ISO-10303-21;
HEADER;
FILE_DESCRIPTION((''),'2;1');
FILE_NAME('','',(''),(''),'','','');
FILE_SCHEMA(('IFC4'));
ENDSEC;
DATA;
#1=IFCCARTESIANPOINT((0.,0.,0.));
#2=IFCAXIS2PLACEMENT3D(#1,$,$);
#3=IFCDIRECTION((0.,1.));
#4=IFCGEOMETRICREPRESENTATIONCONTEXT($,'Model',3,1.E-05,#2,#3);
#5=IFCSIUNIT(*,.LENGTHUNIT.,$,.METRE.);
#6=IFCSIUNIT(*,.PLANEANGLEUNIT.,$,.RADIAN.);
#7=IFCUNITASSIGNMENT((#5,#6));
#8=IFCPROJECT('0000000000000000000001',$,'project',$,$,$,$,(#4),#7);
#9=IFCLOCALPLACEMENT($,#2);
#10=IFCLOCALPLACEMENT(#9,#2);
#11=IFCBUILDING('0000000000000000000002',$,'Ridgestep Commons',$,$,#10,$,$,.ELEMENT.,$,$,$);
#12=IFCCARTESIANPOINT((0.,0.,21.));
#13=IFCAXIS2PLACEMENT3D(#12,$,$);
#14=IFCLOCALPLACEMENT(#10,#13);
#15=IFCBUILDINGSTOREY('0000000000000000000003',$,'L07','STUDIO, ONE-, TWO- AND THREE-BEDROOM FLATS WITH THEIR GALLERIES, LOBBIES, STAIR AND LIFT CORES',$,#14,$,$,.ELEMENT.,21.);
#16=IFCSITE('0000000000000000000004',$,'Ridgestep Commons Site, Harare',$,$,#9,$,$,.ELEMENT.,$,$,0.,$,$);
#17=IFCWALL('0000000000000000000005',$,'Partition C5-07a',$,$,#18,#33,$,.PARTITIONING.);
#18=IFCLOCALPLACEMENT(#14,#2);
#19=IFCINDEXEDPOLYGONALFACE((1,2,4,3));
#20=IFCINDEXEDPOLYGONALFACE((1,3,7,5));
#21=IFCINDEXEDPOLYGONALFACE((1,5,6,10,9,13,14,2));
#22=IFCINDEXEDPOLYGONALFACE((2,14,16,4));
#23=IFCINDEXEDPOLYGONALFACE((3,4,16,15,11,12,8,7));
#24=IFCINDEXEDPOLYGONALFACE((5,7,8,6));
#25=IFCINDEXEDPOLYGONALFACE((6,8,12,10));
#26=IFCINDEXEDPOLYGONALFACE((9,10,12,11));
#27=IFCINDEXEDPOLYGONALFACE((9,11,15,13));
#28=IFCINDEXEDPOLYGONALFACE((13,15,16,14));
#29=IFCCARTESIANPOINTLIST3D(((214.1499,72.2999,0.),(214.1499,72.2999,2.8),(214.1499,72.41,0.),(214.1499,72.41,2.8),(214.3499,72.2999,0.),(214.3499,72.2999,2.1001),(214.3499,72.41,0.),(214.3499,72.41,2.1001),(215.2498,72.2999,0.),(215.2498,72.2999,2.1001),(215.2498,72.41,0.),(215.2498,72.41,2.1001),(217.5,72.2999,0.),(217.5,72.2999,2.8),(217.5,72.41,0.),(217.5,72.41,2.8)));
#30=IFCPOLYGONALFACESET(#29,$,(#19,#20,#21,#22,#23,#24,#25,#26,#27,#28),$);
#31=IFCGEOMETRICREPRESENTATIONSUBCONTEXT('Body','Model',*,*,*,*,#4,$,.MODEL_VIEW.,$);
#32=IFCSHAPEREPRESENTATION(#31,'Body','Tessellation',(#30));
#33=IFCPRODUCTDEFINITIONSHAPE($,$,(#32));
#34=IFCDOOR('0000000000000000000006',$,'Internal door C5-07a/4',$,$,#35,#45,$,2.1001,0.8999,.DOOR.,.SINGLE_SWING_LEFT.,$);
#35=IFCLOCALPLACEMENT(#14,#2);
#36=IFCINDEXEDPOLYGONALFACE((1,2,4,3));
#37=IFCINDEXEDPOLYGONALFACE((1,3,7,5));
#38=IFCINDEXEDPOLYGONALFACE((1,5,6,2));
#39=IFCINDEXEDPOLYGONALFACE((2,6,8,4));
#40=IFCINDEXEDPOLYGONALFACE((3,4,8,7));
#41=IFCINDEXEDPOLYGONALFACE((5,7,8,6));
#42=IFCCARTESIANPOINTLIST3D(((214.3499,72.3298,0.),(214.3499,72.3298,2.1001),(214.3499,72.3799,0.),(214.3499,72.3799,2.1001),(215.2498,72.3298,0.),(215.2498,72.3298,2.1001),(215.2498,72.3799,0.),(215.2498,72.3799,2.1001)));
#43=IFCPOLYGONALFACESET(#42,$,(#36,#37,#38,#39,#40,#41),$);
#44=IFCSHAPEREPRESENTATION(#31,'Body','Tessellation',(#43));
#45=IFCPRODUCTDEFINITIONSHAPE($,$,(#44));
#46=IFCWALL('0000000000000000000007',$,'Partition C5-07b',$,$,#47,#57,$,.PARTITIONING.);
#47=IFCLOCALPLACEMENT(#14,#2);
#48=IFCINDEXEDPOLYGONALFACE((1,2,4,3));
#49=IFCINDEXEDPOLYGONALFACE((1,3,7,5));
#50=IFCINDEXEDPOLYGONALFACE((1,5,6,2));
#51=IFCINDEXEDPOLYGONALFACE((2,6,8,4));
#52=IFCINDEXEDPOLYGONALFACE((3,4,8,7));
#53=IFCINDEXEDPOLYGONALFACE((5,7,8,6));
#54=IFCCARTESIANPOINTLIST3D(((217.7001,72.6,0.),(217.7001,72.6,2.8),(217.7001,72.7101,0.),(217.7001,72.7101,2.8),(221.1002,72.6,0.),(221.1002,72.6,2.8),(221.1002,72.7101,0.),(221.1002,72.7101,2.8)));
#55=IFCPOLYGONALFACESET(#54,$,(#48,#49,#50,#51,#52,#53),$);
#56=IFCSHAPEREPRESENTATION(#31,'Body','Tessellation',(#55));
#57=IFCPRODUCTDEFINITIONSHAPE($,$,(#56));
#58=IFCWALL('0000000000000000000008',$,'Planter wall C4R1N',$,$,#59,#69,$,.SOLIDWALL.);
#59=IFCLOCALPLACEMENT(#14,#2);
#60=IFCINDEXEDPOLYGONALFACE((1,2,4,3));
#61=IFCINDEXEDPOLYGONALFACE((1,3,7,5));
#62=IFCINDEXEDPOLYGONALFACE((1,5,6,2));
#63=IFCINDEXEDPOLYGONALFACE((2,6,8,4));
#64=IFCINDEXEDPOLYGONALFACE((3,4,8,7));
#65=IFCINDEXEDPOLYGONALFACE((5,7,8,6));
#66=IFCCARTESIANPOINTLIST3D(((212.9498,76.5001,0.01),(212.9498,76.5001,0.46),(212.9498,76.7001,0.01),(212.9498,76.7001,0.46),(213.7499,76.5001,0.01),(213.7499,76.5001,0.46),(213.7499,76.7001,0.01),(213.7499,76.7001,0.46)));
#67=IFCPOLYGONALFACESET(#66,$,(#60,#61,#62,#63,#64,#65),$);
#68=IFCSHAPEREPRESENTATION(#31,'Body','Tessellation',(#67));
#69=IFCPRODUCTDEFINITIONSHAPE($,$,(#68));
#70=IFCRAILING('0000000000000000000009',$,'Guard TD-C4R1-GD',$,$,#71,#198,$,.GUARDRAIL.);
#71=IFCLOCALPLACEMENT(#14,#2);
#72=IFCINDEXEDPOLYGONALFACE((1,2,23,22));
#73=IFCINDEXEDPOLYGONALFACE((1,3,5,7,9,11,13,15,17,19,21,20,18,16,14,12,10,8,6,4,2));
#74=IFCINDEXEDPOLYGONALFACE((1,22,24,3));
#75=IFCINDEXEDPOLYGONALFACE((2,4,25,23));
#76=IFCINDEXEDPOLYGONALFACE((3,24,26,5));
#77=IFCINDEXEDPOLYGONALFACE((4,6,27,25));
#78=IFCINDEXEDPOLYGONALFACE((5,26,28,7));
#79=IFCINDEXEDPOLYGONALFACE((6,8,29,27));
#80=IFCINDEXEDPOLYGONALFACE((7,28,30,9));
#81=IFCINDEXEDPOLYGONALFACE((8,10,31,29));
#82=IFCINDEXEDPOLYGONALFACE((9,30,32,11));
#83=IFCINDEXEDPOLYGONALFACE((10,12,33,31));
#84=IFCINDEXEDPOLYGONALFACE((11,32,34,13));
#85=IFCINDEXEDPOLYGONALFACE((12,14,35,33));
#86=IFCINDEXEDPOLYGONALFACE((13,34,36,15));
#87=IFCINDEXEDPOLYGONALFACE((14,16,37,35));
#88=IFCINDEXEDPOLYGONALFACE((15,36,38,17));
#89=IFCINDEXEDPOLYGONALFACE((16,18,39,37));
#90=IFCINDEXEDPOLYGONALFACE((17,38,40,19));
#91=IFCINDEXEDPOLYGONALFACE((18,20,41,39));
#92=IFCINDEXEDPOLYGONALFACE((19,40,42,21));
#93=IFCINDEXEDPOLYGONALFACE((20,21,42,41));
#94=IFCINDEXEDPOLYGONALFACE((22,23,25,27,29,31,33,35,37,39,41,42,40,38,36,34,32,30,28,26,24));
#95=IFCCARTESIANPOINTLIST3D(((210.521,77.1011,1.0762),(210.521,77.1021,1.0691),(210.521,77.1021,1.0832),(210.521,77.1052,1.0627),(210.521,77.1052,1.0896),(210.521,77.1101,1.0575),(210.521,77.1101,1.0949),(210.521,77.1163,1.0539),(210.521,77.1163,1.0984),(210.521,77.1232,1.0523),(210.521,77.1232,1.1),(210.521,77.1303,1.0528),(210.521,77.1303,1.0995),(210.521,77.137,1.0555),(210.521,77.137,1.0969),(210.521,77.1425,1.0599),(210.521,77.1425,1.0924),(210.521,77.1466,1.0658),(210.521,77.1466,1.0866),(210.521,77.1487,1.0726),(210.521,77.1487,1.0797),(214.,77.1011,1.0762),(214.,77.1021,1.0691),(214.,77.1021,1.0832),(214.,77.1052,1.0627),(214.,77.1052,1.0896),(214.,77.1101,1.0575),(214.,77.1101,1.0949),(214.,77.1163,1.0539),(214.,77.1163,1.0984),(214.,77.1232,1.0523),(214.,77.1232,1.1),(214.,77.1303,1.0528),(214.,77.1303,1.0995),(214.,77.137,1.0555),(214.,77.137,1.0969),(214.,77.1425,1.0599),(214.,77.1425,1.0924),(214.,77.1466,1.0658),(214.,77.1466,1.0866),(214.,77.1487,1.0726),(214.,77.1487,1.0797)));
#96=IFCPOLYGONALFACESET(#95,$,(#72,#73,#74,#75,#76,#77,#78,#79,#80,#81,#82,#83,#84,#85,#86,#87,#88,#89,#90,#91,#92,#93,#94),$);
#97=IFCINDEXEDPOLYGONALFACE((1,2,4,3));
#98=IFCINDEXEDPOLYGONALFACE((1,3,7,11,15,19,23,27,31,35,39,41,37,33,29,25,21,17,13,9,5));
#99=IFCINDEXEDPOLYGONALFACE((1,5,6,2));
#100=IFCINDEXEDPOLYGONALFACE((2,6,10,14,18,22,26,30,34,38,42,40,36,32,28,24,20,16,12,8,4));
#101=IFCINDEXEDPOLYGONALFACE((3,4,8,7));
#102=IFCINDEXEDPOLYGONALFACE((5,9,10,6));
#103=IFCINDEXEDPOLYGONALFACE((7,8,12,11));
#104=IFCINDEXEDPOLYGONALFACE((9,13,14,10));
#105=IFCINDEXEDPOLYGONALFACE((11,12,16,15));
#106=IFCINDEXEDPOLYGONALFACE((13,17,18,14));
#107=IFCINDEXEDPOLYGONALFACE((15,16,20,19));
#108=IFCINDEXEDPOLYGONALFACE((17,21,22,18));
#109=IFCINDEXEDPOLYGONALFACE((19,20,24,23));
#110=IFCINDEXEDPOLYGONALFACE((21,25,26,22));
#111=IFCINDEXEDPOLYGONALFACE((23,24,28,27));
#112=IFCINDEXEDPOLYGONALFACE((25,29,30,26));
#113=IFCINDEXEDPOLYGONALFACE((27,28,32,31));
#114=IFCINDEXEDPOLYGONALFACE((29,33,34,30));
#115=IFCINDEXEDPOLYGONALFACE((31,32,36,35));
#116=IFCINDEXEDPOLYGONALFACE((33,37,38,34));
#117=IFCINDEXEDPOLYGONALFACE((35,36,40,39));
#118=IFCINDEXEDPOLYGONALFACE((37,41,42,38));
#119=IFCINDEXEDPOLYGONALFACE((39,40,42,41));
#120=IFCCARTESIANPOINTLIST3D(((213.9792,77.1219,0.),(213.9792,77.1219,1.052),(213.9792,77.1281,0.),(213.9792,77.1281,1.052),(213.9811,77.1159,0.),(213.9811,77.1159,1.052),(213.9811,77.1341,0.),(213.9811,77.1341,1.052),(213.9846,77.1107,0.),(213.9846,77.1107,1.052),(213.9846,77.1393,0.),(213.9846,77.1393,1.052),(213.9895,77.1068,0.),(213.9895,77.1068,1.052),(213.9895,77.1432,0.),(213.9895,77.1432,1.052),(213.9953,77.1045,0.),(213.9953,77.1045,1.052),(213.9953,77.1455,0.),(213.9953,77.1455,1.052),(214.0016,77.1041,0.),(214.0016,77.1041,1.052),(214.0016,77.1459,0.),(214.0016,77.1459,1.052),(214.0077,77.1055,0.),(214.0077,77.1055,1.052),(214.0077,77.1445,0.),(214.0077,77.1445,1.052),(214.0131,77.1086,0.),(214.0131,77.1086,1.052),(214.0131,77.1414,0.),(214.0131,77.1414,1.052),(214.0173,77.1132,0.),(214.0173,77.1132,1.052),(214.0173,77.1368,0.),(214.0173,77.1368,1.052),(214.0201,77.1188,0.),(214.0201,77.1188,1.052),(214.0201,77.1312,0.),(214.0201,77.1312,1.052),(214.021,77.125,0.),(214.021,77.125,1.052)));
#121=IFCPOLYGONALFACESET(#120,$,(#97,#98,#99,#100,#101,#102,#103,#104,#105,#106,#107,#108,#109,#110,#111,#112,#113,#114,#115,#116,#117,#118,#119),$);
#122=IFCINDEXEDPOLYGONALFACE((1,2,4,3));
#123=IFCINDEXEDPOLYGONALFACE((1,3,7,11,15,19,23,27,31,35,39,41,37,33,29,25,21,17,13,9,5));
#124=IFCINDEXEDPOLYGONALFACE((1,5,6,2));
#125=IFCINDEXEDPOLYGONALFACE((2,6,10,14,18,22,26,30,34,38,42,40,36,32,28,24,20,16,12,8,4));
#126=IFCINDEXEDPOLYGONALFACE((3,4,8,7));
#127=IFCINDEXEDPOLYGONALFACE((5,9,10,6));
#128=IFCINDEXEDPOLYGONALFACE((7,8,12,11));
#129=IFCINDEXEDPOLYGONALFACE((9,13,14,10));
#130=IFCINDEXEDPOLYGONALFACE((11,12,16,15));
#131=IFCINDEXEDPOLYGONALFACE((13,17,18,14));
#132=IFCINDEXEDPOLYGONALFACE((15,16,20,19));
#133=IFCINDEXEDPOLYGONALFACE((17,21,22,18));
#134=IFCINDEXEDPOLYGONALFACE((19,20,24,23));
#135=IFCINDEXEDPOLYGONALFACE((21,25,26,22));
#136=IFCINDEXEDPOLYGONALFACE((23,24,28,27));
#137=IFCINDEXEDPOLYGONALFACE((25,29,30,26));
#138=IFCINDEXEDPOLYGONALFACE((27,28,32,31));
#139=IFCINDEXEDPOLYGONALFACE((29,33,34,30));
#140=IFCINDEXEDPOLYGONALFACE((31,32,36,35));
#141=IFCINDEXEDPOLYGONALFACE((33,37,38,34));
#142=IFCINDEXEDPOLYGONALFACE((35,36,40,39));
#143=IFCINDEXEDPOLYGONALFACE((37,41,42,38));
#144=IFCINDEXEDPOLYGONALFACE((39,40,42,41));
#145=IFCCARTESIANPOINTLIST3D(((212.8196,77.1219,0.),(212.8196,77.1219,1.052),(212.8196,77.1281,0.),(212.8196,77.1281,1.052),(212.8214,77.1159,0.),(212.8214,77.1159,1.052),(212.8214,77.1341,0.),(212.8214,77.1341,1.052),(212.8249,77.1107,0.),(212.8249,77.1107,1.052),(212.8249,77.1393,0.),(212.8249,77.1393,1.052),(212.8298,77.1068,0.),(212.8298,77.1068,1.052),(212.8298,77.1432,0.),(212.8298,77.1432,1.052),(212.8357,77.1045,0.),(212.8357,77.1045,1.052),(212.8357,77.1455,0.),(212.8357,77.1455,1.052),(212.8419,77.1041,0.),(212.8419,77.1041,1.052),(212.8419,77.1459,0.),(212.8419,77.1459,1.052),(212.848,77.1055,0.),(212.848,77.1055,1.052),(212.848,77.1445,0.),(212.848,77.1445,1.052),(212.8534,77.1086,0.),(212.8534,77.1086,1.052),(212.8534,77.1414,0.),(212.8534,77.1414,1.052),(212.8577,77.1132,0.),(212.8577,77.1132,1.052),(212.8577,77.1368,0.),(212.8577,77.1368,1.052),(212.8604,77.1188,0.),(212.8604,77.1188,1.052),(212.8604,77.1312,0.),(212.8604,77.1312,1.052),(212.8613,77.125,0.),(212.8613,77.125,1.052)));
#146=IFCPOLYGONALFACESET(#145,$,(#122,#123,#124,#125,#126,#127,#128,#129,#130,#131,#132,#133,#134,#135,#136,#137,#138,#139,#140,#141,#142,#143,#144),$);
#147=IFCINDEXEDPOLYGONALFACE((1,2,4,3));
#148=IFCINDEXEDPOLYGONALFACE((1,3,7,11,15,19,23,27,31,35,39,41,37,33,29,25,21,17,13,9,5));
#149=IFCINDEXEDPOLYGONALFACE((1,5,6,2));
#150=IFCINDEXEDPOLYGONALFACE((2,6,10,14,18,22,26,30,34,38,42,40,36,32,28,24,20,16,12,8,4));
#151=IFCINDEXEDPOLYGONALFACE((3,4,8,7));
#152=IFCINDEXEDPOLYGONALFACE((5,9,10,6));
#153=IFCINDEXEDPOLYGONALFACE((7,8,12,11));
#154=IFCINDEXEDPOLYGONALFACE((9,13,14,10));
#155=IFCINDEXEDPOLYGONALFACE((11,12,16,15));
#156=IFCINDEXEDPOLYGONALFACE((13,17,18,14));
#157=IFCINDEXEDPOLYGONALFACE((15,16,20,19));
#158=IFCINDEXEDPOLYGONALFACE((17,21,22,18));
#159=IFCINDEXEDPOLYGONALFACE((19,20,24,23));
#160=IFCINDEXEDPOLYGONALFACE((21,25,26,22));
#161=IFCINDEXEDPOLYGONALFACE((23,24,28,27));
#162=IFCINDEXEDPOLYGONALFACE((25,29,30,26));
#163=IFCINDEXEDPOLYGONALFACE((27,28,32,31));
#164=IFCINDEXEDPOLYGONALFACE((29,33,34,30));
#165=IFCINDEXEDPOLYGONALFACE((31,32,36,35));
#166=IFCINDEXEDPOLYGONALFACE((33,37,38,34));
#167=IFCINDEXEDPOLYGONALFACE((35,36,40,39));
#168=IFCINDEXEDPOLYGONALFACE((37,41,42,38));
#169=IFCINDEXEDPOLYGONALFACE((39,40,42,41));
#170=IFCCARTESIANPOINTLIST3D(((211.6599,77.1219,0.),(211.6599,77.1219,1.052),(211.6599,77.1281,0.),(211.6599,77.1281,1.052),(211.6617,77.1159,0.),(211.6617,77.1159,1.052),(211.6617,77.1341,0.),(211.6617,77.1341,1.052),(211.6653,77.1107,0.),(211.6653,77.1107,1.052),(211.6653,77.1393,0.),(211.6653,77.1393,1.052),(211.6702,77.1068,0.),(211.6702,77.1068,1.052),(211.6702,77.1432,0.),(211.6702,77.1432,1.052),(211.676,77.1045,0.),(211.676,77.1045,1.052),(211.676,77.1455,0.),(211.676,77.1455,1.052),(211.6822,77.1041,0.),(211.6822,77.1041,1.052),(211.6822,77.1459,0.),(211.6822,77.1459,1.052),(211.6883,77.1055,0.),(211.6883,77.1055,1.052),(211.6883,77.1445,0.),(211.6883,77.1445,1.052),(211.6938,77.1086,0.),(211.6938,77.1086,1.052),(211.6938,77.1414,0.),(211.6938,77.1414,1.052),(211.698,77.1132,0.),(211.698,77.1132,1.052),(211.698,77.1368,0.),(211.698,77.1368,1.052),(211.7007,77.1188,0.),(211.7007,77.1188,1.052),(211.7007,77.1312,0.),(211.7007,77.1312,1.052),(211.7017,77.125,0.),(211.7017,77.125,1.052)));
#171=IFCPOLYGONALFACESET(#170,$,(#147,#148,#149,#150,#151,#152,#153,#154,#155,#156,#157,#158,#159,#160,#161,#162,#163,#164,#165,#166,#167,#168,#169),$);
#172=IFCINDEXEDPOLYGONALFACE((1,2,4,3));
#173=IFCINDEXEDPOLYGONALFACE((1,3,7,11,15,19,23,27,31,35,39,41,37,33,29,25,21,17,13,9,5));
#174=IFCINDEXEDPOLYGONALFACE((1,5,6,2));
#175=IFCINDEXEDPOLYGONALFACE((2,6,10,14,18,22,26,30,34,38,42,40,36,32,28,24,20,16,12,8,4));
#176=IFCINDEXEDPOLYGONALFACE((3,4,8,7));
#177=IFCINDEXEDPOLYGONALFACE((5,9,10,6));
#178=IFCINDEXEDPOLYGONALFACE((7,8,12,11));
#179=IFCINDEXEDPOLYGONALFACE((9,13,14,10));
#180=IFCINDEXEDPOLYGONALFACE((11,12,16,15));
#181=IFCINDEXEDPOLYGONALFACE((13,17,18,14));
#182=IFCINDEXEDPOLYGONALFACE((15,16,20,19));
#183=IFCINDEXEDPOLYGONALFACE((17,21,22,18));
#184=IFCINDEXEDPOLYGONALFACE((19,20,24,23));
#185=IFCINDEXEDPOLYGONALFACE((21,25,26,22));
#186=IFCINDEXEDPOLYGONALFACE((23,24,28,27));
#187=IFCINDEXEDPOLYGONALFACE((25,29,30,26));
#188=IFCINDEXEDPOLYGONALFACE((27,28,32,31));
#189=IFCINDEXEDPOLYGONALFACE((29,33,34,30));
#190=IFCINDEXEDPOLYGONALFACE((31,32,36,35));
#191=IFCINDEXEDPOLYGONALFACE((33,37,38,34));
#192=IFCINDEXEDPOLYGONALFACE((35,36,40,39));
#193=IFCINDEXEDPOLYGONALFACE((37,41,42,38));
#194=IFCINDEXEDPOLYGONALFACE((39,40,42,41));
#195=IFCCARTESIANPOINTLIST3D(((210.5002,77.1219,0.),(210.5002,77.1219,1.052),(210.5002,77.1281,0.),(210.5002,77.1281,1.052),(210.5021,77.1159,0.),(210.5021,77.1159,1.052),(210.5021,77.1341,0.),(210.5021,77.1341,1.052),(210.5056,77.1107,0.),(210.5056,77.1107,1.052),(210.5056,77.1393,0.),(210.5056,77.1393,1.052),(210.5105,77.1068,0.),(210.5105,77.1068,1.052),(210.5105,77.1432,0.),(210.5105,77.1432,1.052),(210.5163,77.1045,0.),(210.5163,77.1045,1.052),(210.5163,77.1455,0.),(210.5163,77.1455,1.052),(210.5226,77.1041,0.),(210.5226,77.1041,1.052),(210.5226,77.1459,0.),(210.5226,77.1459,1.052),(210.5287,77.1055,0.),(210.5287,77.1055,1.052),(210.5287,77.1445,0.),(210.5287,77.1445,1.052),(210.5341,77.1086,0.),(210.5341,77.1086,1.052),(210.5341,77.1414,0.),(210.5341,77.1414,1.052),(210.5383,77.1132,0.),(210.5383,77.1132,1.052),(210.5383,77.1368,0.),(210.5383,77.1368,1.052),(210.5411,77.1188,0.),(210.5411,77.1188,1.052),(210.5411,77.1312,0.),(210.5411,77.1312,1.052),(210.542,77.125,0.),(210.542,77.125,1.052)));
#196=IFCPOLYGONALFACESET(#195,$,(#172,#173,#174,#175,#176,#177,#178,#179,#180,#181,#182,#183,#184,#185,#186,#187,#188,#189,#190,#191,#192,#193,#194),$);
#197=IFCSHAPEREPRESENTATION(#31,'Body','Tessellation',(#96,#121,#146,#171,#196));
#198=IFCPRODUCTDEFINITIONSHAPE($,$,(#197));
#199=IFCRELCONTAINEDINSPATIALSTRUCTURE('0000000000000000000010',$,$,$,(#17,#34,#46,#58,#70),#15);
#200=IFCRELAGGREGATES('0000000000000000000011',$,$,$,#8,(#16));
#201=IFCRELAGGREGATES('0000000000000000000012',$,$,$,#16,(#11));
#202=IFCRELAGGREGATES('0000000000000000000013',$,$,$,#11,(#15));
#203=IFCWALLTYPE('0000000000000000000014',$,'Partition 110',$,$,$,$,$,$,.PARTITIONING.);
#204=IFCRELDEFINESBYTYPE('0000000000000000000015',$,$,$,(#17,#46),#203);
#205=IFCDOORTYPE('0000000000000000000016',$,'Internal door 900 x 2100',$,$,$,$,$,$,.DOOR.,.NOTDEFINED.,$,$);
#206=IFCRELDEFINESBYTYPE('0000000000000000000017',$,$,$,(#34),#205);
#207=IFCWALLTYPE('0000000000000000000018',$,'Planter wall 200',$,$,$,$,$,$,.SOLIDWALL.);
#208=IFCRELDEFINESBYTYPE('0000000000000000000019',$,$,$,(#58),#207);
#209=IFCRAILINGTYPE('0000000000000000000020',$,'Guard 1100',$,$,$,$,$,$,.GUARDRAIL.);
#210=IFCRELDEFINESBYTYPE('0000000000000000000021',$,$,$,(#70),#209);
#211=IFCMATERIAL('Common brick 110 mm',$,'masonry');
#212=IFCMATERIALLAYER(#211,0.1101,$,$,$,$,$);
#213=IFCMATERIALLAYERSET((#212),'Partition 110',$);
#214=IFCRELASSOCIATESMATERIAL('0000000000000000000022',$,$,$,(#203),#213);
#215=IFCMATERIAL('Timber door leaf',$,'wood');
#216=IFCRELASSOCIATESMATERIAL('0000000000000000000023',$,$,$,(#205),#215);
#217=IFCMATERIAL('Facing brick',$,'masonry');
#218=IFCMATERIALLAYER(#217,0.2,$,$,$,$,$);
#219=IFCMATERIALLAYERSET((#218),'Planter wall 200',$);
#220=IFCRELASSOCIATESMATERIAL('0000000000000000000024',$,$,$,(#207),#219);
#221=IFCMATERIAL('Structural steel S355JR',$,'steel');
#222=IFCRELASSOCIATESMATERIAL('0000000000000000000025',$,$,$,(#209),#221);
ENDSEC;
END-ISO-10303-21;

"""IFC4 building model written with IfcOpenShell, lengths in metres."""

from ifc_helpers import new_model, si_unit, direction, frame, frame_2d, origin, origin_2d, place, context, subcontext, project, spatial, rectangle, circle, extrude, material, layer, layer_set, type_object, element, fill, save


model = new_model("IFC4")

# Units and contexts
model_context = context("Model", 3, precision=1e-05, world=origin(), true_north=direction((0.0, 1.0)))
body_context = subcontext(model_context, "Body", "Model", "MODEL_VIEW")
ifc_project = project(units=[si_unit("LENGTHUNIT", "METRE"), si_unit("PLANEANGLEUNIT", "RADIAN")], contexts=[model_context])

# Site, building, storey
site_placement = place(None, origin())
site = spatial("IfcSite", under=ifc_project, at=site_placement, Name="Ridgestep Commons Site, Harare", CompositionType="ELEMENT", RefElevation=0.0)
building_placement = place(site_placement, origin())
building = spatial("IfcBuilding", under=site, at=building_placement, Name="Ridgestep Commons", CompositionType="ELEMENT")
storey_placement = place(building_placement, frame((0.0, 0.0, 21.0)))
storey = spatial("IfcBuildingStorey", under=building, at=storey_placement, Name="L07", Description="STUDIO, ONE-, TWO- AND THREE-BEDROOM FLATS WITH THEIR GALLERIES, LOBBIES, STAIR AND LIFT CORES", CompositionType="ELEMENT", Elevation=21.0)

# Wall, opening, door
ifc_material_1 = material(Name="Common brick 110 mm", Category="masonry")
ifc_layer_1 = layer(ifc_material_1, 0.1101)
ifc_layer_set_1 = layer_set([ifc_layer_1], Name="Partition 110")
wall_type_1 = type_object("IfcWallType", Name="Partition 110", PredefinedType="PARTITIONING", material=ifc_layer_set_1)
ifc_material_2 = material(Name="Timber door leaf", Category="wood")
door_type = type_object("IfcDoorType", Name="Internal door 900 x 2100", OperationType="NOTDEFINED", PredefinedType="DOOR", material=ifc_material_2)
wall_1_placement = place(storey_placement, frame((214.1499, 72.355, 0.0), z_axis=(0.0, 0.0, 1.0), x_axis=(1.0, 0.0, 0.0)))
wall_1 = element("IfcWall", 1, at=wall_1_placement, inside=storey, type_object=wall_type_1, Name="Partition C5-07a", PredefinedType="PARTITIONING", context=body_context, shape_type="SweptSolid", body=[
    extrude(rectangle(XDim=3.3501, YDim=0.1101, at=frame_2d((1.675, 0.0))), origin(), (0.0, 0.0, 1.0), 2.8),
])
opening_1_placement = place(wall_1_placement, frame((0.2, 0.0, 0.0)))
opening_1 = element("IfcOpeningElement", 2, at=opening_1_placement, cuts=wall_1, PredefinedType="OPENING", context=body_context, shape_type="SweptSolid", body=[
    extrude(rectangle(XDim=0.8999, YDim=2.1001, at=frame_2d((0.45, 1.05))), frame((0.0, 0.0649, 0.0), z_axis=(0.0, -1.0, 0.0), x_axis=(1.0, 0.0, 0.0)), (0.0, 0.0, 1.0), 0.1301),
])
door_1_placement = place(opening_1_placement, origin())
door_1 = element("IfcDoor", 3, at=door_1_placement, inside=storey, type_object=door_type, Name="Internal door C5-07a/4", OperationType="SINGLE_SWING_LEFT", OverallHeight=2.1001, OverallWidth=0.8999, PredefinedType="DOOR", context=body_context, shape_type="SweptSolid", body=[
    extrude(rectangle(XDim=0.8999, YDim=2.1001, at=frame_2d((0.45, 1.05))), frame((0.0, 0.0249, 0.0), z_axis=(0.0, -1.0, 0.0), x_axis=(1.0, 0.0, 0.0)), (0.0, 0.0, 1.0), 0.05),
])
fill(opening_1, door_1)

# Walls
wall_2_placement = place(storey_placement, frame((217.7, 72.655, 0.0), z_axis=(0.0, 0.0, 1.0), x_axis=(1.0, 0.0, 0.0)))
element("IfcWall", 4, at=wall_2_placement, inside=storey, type_object=wall_type_1, Name="Partition C5-07b", PredefinedType="PARTITIONING", context=body_context, shape_type="SweptSolid", body=[
    extrude(rectangle(XDim=3.4001, YDim=0.1101, at=frame_2d((1.7002, 0.0))), origin(), (0.0, 0.0, 1.0), 2.8),
])
ifc_material_3 = material(Name="Facing brick", Category="masonry")
ifc_layer_2 = layer(ifc_material_3, 0.2)
ifc_layer_set_2 = layer_set([ifc_layer_2], Name="Planter wall 200")
wall_type_2 = type_object("IfcWallType", Name="Planter wall 200", PredefinedType="SOLIDWALL", material=ifc_layer_set_2)
wall_3_placement = place(storey_placement, frame((212.95, 76.6001, 0.01), z_axis=(0.0, 0.0, 1.0), x_axis=(1.0, 0.0, 0.0)))
element("IfcWall", 5, at=wall_3_placement, inside=storey, type_object=wall_type_2, Name="Planter wall C4R1N", PredefinedType="SOLIDWALL", context=body_context, shape_type="SweptSolid", body=[
    extrude(rectangle(XDim=0.8, YDim=0.2, at=frame_2d((0.3999, 0.0))), origin(), (0.0, 0.0, 1.0), 0.45),
])

# Railing
ifc_material_4 = material(Name="Structural steel S355JR", Category="steel")
railing_type = type_object("IfcRailingType", Name="Guard 1100", PredefinedType="GUARDRAIL", material=ifc_material_4)
railing_placement = place(storey_placement, frame((214.0, 77.125, 0.0)))
element("IfcRailing", 6, at=railing_placement, inside=storey, type_object=railing_type, Name="Guard TD-C4R1-GD", PredefinedType="GUARDRAIL", context=body_context, shape_type="SweptSolid", body=[
    extrude(circle(Radius=0.0239, at=origin_2d()), frame((0.0, 0.0, 1.0762), z_axis=(-1.0, 0.0, 0.0), x_axis=(0.0, -1.0, 0.0)), (0.0, 0.0, 1.0), 3.479),
    extrude(circle(Radius=0.021, at=origin_2d()), origin(), (0.0, 0.0, 1.0), 1.052),
    extrude(circle(Radius=0.021, at=origin_2d()), frame((-1.1597, 0.0, 0.0)), (0.0, 0.0, 1.0), 1.052),
    extrude(circle(Radius=0.021, at=origin_2d()), frame((-2.3193, 0.0, 0.0)), (0.0, 0.0, 1.0), 1.052),
    extrude(circle(Radius=0.021, at=origin_2d()), frame((-3.479, 0.0, 0.0)), (0.0, 0.0, 1.0), 1.052),
])

save(model, "model.ifc")
